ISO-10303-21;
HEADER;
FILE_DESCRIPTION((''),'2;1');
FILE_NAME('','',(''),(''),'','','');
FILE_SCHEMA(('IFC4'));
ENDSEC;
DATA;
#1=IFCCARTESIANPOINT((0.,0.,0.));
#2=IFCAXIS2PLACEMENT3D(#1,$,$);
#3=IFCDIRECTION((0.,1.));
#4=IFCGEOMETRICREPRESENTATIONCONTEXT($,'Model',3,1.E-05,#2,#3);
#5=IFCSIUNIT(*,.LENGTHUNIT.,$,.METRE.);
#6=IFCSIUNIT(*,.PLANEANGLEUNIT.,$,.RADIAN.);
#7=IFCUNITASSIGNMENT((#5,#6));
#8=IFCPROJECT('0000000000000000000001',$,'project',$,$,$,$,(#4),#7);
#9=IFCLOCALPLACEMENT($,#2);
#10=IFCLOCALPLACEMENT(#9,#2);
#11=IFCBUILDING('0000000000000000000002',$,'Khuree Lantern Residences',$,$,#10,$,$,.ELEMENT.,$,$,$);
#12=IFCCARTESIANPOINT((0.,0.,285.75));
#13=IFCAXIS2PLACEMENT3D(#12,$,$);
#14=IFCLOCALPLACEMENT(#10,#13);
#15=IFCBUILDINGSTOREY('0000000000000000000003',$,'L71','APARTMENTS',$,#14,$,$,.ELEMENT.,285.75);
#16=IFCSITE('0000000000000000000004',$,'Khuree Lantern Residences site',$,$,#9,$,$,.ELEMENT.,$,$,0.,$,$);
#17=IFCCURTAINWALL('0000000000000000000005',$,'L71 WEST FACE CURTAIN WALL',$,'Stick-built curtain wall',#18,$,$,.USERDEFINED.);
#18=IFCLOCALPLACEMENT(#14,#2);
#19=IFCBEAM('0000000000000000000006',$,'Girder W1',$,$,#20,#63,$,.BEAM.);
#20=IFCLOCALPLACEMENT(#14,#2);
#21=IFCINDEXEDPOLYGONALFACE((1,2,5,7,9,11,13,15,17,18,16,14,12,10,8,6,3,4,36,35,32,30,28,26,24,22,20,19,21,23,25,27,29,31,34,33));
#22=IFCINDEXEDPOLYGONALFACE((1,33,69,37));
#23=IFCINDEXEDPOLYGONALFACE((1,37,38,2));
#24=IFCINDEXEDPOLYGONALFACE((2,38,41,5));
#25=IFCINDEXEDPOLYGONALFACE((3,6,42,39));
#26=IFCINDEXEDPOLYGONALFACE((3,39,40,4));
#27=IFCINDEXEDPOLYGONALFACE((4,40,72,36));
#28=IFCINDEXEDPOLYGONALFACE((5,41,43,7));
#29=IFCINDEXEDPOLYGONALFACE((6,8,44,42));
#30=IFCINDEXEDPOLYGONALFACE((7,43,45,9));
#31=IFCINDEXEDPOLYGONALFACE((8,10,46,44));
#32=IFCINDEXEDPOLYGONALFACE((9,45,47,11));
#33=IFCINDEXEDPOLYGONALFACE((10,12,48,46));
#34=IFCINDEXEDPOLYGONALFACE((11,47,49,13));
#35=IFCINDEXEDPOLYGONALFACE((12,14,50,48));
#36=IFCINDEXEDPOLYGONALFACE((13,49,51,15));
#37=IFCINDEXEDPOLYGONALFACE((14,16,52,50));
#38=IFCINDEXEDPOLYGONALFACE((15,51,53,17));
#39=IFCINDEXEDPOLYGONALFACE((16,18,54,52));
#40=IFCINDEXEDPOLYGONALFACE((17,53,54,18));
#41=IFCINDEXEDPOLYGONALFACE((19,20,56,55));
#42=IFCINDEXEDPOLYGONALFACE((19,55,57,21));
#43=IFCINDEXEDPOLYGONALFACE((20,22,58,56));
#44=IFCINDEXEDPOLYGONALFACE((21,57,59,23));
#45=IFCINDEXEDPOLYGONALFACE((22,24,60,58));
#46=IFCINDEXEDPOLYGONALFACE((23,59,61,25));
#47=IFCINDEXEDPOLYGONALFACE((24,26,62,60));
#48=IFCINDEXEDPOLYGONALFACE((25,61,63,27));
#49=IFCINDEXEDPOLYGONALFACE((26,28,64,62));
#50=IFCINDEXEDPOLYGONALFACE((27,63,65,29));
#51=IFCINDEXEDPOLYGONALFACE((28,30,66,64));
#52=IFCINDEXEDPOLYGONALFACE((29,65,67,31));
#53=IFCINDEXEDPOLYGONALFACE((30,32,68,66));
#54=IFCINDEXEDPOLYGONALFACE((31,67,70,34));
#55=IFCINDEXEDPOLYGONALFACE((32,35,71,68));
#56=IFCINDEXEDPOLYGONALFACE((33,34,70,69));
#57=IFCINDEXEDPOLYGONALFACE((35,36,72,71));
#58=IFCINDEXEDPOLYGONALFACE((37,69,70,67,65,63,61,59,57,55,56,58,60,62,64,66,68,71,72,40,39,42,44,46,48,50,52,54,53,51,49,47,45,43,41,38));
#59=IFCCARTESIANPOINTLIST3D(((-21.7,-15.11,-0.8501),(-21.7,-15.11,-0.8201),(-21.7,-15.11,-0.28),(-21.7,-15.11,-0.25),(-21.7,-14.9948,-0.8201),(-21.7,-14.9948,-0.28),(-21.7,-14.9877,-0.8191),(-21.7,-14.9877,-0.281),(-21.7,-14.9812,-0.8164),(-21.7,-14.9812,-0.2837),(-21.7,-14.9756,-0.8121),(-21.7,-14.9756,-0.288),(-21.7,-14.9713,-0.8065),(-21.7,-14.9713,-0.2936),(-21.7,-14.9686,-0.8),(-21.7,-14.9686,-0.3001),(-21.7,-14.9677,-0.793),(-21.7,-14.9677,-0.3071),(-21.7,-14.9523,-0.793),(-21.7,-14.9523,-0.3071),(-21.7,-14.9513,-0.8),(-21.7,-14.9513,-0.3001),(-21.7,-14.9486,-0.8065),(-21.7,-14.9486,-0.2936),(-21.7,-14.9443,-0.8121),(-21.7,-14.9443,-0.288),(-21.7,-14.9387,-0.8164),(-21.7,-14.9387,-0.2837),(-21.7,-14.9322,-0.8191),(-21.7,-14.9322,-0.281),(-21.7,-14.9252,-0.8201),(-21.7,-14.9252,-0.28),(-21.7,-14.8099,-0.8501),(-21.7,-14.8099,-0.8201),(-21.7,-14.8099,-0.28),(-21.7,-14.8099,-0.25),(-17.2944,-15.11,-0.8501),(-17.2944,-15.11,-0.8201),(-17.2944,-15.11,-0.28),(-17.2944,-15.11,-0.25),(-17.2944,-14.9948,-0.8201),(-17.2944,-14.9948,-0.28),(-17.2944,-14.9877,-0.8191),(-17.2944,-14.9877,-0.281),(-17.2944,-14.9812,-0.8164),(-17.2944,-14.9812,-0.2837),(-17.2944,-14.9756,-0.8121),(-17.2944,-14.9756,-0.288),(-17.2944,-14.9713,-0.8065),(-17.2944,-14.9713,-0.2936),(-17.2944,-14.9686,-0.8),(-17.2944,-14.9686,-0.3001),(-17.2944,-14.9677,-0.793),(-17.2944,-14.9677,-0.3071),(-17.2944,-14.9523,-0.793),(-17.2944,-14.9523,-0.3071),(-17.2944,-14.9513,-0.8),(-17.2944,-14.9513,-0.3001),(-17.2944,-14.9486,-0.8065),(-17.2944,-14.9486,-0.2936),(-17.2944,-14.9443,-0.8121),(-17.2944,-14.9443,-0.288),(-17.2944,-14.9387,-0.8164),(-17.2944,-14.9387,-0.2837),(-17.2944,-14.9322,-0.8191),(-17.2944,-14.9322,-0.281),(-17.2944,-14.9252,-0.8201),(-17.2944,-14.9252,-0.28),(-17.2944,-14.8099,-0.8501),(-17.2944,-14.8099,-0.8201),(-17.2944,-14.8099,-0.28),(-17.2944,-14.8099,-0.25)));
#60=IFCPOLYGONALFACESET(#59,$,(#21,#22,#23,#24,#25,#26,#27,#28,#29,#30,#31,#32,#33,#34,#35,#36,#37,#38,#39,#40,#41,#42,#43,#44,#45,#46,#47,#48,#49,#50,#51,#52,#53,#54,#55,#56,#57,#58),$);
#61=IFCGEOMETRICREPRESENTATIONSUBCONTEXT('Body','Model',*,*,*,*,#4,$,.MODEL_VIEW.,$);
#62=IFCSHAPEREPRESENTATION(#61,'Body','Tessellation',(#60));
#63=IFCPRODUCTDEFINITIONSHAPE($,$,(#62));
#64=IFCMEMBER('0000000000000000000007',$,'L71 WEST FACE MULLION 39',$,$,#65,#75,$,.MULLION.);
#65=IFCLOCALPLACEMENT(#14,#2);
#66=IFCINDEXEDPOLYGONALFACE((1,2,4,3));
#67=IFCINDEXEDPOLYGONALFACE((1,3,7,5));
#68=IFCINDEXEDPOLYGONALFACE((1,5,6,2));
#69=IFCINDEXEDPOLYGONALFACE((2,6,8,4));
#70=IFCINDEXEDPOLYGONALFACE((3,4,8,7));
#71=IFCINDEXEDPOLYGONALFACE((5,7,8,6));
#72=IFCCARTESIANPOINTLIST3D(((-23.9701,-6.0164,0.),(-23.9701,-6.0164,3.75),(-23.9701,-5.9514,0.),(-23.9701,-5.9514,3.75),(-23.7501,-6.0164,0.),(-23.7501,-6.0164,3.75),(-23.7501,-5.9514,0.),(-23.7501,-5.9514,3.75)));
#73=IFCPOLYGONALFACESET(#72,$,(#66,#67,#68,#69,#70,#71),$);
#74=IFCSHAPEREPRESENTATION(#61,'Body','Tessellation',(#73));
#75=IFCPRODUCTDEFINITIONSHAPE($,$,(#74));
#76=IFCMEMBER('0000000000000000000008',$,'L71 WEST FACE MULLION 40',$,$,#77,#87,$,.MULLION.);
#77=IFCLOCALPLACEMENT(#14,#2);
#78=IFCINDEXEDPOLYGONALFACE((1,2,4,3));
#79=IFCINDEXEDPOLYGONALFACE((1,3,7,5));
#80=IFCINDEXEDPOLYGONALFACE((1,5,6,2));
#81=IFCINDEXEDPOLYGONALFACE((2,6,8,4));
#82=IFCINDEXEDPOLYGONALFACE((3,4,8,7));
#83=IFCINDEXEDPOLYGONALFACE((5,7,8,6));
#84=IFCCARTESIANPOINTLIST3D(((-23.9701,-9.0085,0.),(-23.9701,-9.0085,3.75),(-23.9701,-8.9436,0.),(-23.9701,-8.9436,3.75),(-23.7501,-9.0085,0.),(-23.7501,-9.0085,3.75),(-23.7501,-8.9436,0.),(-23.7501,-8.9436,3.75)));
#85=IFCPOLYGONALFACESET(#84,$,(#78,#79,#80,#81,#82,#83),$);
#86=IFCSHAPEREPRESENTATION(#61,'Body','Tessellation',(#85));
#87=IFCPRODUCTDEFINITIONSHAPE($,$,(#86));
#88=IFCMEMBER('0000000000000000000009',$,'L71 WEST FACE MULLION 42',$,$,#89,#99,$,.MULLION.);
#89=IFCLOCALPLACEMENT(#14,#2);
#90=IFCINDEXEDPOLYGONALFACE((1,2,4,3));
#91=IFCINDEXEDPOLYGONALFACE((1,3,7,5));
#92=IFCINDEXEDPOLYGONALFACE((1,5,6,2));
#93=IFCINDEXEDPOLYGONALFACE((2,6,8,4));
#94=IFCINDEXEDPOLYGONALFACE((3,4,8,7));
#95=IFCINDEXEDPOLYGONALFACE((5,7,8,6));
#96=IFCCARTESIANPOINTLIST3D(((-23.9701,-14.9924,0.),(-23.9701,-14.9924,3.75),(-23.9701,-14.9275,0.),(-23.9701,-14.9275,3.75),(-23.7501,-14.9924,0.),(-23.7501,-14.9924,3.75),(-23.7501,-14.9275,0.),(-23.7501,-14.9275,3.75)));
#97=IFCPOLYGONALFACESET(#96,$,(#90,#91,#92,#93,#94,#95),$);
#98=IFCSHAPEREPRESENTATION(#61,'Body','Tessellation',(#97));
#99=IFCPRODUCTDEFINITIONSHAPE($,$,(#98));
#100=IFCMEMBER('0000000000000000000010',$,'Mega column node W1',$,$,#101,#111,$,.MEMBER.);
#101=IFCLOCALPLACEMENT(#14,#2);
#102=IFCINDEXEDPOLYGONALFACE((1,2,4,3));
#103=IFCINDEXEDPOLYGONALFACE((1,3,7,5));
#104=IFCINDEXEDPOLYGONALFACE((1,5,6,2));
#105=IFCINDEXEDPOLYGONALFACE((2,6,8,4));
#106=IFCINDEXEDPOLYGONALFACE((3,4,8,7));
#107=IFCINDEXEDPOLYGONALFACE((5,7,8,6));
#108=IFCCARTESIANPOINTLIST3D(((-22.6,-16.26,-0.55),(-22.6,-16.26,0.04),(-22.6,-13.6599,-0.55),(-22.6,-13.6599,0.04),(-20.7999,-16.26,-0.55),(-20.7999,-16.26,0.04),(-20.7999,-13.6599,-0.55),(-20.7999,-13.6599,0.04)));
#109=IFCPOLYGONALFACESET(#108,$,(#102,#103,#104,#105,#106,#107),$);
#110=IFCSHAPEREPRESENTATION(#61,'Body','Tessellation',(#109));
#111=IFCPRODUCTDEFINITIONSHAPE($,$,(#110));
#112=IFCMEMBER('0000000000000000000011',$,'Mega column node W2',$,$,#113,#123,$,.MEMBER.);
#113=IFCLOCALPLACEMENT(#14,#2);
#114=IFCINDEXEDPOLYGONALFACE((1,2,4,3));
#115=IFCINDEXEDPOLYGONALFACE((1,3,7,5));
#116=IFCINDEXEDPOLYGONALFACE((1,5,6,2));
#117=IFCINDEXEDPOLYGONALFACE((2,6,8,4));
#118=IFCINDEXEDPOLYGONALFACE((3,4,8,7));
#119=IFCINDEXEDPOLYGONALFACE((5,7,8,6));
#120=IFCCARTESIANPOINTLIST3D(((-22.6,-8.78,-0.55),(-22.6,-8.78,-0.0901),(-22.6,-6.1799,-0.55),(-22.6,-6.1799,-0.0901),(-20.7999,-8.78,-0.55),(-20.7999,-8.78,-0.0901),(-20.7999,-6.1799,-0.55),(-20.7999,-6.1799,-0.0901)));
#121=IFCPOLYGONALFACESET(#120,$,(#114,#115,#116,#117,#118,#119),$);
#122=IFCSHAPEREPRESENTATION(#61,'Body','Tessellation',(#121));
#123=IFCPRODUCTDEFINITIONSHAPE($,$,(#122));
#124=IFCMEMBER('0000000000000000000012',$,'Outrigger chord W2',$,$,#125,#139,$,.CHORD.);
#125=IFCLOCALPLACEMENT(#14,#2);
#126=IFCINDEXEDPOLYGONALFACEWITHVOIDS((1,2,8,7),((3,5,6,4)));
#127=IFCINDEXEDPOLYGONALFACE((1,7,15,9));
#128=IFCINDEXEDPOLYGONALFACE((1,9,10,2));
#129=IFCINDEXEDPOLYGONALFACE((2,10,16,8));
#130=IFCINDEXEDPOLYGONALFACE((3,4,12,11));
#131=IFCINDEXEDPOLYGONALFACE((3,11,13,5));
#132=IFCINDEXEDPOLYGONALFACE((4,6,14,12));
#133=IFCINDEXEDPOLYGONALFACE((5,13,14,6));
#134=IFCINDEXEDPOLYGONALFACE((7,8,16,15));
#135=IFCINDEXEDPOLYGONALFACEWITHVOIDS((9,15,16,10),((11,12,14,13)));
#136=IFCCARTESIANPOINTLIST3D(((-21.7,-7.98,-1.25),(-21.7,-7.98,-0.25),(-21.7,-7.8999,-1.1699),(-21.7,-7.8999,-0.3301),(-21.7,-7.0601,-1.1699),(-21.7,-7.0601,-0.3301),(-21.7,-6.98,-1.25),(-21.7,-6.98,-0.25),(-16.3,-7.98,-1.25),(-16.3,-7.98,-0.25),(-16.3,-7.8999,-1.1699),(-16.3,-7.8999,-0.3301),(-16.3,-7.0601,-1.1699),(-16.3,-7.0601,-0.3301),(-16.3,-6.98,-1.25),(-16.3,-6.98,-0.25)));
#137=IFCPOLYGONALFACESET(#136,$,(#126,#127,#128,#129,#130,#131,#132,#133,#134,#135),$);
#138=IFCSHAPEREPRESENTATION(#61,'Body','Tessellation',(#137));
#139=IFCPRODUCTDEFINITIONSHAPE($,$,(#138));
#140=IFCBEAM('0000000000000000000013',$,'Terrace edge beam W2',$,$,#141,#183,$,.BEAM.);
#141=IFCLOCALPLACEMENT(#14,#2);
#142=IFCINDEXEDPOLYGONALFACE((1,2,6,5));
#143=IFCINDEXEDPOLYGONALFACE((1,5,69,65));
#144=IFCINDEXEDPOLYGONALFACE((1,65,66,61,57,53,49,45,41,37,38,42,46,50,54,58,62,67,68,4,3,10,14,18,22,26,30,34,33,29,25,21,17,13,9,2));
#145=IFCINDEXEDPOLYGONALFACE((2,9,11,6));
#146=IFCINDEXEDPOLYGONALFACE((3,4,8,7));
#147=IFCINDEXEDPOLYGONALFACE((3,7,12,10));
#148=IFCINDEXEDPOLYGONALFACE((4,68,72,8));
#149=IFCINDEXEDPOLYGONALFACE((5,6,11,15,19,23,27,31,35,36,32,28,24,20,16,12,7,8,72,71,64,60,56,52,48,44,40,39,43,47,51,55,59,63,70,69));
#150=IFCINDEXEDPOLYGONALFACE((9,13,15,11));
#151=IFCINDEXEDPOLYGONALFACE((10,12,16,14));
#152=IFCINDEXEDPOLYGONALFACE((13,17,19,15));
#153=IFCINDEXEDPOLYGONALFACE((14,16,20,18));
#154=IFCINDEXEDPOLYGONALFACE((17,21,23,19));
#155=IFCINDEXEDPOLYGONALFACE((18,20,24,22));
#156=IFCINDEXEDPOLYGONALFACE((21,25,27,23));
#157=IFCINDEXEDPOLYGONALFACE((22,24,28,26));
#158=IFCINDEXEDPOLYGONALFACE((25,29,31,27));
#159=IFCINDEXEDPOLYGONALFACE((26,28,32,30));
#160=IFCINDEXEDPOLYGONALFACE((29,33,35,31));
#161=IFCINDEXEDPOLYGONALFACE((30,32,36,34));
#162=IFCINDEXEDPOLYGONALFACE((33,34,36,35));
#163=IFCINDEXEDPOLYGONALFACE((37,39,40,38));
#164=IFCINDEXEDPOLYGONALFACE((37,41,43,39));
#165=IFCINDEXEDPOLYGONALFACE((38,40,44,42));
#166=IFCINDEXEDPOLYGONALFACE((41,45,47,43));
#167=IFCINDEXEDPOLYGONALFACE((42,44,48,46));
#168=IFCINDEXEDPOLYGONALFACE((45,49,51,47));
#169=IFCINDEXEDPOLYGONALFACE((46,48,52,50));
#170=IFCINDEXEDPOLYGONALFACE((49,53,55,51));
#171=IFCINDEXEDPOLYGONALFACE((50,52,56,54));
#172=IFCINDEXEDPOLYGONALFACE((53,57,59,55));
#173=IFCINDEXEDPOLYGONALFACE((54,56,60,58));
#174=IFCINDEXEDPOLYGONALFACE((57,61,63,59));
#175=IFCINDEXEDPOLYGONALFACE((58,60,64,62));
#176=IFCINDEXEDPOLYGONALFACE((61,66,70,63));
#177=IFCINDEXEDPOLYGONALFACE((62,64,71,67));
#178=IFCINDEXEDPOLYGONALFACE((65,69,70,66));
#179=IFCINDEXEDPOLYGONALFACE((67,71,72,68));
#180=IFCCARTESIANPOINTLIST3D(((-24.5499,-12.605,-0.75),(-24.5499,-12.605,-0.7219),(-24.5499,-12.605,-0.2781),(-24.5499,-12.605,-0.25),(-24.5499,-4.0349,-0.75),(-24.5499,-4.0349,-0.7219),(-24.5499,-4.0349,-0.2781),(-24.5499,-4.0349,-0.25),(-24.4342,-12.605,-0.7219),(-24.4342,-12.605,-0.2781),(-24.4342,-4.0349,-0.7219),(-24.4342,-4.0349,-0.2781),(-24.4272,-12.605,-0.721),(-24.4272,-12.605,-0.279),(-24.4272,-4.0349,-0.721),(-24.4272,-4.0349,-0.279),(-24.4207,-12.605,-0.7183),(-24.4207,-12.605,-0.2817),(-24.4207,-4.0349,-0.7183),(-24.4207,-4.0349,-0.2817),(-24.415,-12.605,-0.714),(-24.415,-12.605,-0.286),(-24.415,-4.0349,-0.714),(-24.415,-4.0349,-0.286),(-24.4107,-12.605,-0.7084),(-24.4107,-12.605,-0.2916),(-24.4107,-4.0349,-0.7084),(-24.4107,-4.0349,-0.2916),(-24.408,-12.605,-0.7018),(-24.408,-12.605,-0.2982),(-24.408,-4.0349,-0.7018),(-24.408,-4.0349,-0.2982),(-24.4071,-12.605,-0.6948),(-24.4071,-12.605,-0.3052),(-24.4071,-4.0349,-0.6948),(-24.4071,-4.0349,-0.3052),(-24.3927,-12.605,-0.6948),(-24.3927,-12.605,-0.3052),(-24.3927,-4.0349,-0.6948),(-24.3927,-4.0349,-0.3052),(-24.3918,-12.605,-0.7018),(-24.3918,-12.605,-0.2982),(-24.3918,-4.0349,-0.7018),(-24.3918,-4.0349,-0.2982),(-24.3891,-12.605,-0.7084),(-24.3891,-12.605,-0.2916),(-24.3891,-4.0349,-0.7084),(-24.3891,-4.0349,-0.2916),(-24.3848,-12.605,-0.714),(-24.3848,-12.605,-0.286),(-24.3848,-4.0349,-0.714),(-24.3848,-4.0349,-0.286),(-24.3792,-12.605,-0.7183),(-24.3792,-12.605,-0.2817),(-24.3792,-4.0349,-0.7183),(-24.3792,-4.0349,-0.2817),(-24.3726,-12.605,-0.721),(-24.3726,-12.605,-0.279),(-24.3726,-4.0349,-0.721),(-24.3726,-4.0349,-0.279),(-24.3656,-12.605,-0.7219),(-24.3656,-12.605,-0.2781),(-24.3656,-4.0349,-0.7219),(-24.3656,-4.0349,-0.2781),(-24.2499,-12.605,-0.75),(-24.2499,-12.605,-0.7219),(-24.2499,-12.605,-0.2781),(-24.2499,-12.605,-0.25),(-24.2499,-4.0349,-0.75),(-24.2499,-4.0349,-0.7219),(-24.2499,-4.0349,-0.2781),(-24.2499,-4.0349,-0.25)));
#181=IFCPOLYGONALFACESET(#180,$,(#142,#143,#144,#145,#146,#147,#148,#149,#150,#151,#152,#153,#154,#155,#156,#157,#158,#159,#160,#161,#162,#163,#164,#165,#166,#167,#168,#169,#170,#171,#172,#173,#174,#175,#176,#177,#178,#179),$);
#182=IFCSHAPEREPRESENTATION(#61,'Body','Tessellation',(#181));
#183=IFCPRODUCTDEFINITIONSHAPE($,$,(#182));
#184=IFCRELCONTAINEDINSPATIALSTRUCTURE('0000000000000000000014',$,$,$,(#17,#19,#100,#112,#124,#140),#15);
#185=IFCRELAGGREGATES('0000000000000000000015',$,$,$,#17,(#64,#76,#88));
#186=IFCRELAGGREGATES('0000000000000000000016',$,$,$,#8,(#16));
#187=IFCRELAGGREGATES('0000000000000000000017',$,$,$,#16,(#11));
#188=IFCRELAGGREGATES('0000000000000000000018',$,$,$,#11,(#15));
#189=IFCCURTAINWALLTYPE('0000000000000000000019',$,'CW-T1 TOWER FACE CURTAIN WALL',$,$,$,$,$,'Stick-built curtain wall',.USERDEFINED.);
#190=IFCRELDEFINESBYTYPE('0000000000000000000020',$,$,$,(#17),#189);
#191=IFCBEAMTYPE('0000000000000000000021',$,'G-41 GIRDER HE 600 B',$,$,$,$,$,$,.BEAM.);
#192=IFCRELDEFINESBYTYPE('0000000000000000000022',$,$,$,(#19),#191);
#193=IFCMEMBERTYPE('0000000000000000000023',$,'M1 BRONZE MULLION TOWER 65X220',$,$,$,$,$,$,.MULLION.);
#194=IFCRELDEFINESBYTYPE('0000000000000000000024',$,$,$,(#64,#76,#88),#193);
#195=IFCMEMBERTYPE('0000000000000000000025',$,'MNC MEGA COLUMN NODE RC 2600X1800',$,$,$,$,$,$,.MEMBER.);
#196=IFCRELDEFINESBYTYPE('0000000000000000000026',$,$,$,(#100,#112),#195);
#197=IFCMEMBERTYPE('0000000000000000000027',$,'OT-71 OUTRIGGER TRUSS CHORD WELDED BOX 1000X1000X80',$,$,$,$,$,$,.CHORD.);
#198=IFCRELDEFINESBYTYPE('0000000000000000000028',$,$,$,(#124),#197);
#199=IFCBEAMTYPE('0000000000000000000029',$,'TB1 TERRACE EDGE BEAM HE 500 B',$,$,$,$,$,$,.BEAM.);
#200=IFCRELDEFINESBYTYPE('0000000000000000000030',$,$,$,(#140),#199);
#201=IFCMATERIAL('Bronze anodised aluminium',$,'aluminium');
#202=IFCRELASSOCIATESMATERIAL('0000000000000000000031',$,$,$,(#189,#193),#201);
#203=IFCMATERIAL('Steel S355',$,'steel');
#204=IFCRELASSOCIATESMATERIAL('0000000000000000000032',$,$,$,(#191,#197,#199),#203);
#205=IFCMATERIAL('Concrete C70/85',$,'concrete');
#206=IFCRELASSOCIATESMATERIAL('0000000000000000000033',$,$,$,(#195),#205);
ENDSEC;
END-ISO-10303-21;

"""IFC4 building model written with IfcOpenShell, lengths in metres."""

from ifc_helpers import new_model, si_unit, direction, frame, origin, origin_2d, place, context, subcontext, project, spatial, rectangle, hollow_rectangle, i_section, extrude, material, material_profile, profile_set, type_object, element, aggregate, save


model = new_model("IFC4")

# Units and contexts
model_context = context("Model", 3, precision=1e-05, world=origin(), true_north=direction((0.0, 1.0)))
body_context = subcontext(model_context, "Body", "Model", "MODEL_VIEW")
ifc_project = project(units=[si_unit("LENGTHUNIT", "METRE"), si_unit("PLANEANGLEUNIT", "RADIAN")], contexts=[model_context])

# Site, building, storey
site_placement = place(None, origin())
site = spatial("IfcSite", under=ifc_project, at=site_placement, Name="Khuree Lantern Residences site", CompositionType="ELEMENT", RefElevation=0.0)
building_placement = place(site_placement, origin())
building = spatial("IfcBuilding", under=site, at=building_placement, Name="Khuree Lantern Residences", CompositionType="ELEMENT")
storey_placement = place(building_placement, frame((0.0, 0.0, 285.75)))
storey = spatial("IfcBuildingStorey", under=building, at=storey_placement, Name="L71", Description="APARTMENTS", CompositionType="ELEMENT", Elevation=285.75)

# Shared definitions
ifc_material_1 = material(Name="Concrete C70/85", Category="concrete")

# Shared definitions
ifc_material_2 = material(Name="Steel S355", Category="steel")

# Curtain wall
ifc_material_3 = material(Name="Bronze anodised aluminium", Category="aluminium")
curtain_wall_type = type_object("IfcCurtainWallType", Name="CW-T1 TOWER FACE CURTAIN WALL", ElementType="Stick-built curtain wall", PredefinedType="USERDEFINED", material=ifc_material_3)
curtain_wall_placement = place(storey_placement, origin())
curtain_wall = element("IfcCurtainWall", 1, at=curtain_wall_placement, inside=storey, type_object=curtain_wall_type, Name="L71 WEST FACE CURTAIN WALL", ObjectType="Stick-built curtain wall", PredefinedType="USERDEFINED")

# Beam
ifc_material_profile_1 = material_profile(ifc_material_2, i_section(OverallWidth=0.3, OverallDepth=0.6001, WebThickness=0.0154, FlangeThickness=0.03, FilletRadius=0.0271, at=origin_2d()), Name="HE 600 B")
ifc_profile_set_1 = profile_set([ifc_material_profile_1], Name="Steel S355")
beam_type_1 = type_object("IfcBeamType", Name="G-41 GIRDER HE 600 B", PredefinedType="BEAM", material=ifc_profile_set_1)
beam_1_placement = place(storey_placement, frame((-21.7, -14.96, -0.55), z_axis=(1.0, 0.0, 0.0), x_axis=(0.0, 1.0, 0.0)))
element("IfcBeam", 2, at=beam_1_placement, inside=storey, type_object=beam_type_1, Name="Girder W1", PredefinedType="BEAM", context=body_context, shape_type="SweptSolid", body=[
    extrude(i_section(OverallWidth=0.3, OverallDepth=0.6001, WebThickness=0.0154, FlangeThickness=0.03, FilletRadius=0.0271, at=origin_2d()), origin(), (0.0, 0.0, 1.0), 4.4055),
])

# Members
ifc_material_profile_2 = material_profile(ifc_material_3, rectangle(XDim=0.0649, YDim=0.22, at=origin_2d()), Name="M1 65X220")
ifc_profile_set_2 = profile_set([ifc_material_profile_2], Name="Bronze anodised aluminium")
member_type_1 = type_object("IfcMemberType", Name="M1 BRONZE MULLION TOWER 65X220", PredefinedType="MULLION", material=ifc_profile_set_2)
member_1_placement = place(storey_placement, frame((-23.8601, -5.9839, 0.0), z_axis=(0.0, 0.0, 1.0), x_axis=(0.0, -1.0, 0.0)))
member_1 = element("IfcMember", 3, at=member_1_placement, type_object=member_type_1, Name="L71 WEST FACE MULLION 39", PredefinedType="MULLION", context=body_context, shape_type="SweptSolid", body=[
    extrude(rectangle(XDim=0.0649, YDim=0.22, at=origin_2d()), origin(), (0.0, 0.0, 1.0), 3.75),
])
member_2_placement = place(storey_placement, frame((-23.8601, -8.9761, 0.0), z_axis=(0.0, 0.0, 1.0), x_axis=(0.0, -1.0, 0.0)))
member_2 = element("IfcMember", 4, at=member_2_placement, type_object=member_type_1, Name="L71 WEST FACE MULLION 40", PredefinedType="MULLION", context=body_context, shape_type="SweptSolid", body=[
    extrude(rectangle(XDim=0.0649, YDim=0.22, at=origin_2d()), origin(), (0.0, 0.0, 1.0), 3.75),
])
member_3_placement = place(storey_placement, frame((-23.8601, -14.96, 0.0), z_axis=(0.0, 0.0, 1.0), x_axis=(0.0, -1.0, 0.0)))
member_3 = element("IfcMember", 5, at=member_3_placement, type_object=member_type_1, Name="L71 WEST FACE MULLION 42", PredefinedType="MULLION", context=body_context, shape_type="SweptSolid", body=[
    extrude(rectangle(XDim=0.0649, YDim=0.22, at=origin_2d()), origin(), (0.0, 0.0, 1.0), 3.75),
])

# Members
ifc_material_profile_3 = material_profile(ifc_material_1, rectangle(XDim=2.6001, YDim=1.8, at=origin_2d()), Name="RC 2600X1800")
ifc_profile_set_3 = profile_set([ifc_material_profile_3], Name="Concrete C70/85")
member_type_2 = type_object("IfcMemberType", Name="MNC MEGA COLUMN NODE RC 2600X1800", PredefinedType="MEMBER", material=ifc_profile_set_3)
member_4_placement = place(storey_placement, frame((-21.7, -14.96, -0.55), z_axis=(0.0, 0.0, 1.0), x_axis=(0.0, 1.0, 0.0)))
element("IfcMember", 6, at=member_4_placement, inside=storey, type_object=member_type_2, Name="Mega column node W1", PredefinedType="MEMBER", context=body_context, shape_type="SweptSolid", body=[
    extrude(rectangle(XDim=2.6001, YDim=1.8, at=origin_2d()), origin(), (0.0, 0.0, 1.0), 0.5901),
])
member_5_placement = place(storey_placement, frame((-21.7, -7.48, -0.55), z_axis=(0.0, 0.0, 1.0), x_axis=(0.0, 1.0, 0.0)))
element("IfcMember", 7, at=member_5_placement, inside=storey, type_object=member_type_2, Name="Mega column node W2", PredefinedType="MEMBER", context=body_context, shape_type="SweptSolid", body=[
    extrude(rectangle(XDim=2.6001, YDim=1.8, at=origin_2d()), origin(), (0.0, 0.0, 1.0), 0.46),
])
ifc_material_profile_4 = material_profile(ifc_material_2, hollow_rectangle(XDim=1.0, YDim=1.0, WallThickness=0.0801, at=origin_2d()), Name="WELDED BOX 1000X1000X80")
ifc_profile_set_4 = profile_set([ifc_material_profile_4], Name="Steel S355")
member_type_3 = type_object("IfcMemberType", Name="OT-71 OUTRIGGER TRUSS CHORD WELDED BOX 1000X1000X80", PredefinedType="CHORD", material=ifc_profile_set_4)
member_6_placement = place(storey_placement, frame((-21.7, -7.48, -0.75), z_axis=(1.0, 0.0, 0.0), x_axis=(0.0, 1.0, 0.0)))
element("IfcMember", 8, at=member_6_placement, inside=storey, type_object=member_type_3, Name="Outrigger chord W2", PredefinedType="CHORD", context=body_context, shape_type="SweptSolid", body=[
    extrude(hollow_rectangle(XDim=1.0, YDim=1.0, WallThickness=0.0801, at=origin_2d()), origin(), (0.0, 0.0, 1.0), 5.3999),
])

# Beam
ifc_material_profile_5 = material_profile(ifc_material_2, i_section(OverallWidth=0.3, OverallDepth=0.5, WebThickness=0.0144, FlangeThickness=0.0281, FilletRadius=0.0271, at=origin_2d()), Name="HE 500 B")
ifc_profile_set_5 = profile_set([ifc_material_profile_5], Name="Steel S355")
beam_type_2 = type_object("IfcBeamType", Name="TB1 TERRACE EDGE BEAM HE 500 B", PredefinedType="BEAM", material=ifc_profile_set_5)
beam_2_placement = place(storey_placement, frame((-24.3999, -12.605, -0.5), z_axis=(0.0, 1.0, 0.0), x_axis=(-1.0, 0.0, 0.0)))
element("IfcBeam", 9, at=beam_2_placement, inside=storey, type_object=beam_type_2, Name="Terrace edge beam W2", PredefinedType="BEAM", context=body_context, shape_type="SweptSolid", body=[
    extrude(i_section(OverallWidth=0.3, OverallDepth=0.5, WebThickness=0.0144, FlangeThickness=0.0281, FilletRadius=0.0271, at=origin_2d()), origin(), (0.0, 0.0, 1.0), 8.5701),
])

aggregate(curtain_wall, [member_1, member_2, member_3])

save(model, "model.ifc")
